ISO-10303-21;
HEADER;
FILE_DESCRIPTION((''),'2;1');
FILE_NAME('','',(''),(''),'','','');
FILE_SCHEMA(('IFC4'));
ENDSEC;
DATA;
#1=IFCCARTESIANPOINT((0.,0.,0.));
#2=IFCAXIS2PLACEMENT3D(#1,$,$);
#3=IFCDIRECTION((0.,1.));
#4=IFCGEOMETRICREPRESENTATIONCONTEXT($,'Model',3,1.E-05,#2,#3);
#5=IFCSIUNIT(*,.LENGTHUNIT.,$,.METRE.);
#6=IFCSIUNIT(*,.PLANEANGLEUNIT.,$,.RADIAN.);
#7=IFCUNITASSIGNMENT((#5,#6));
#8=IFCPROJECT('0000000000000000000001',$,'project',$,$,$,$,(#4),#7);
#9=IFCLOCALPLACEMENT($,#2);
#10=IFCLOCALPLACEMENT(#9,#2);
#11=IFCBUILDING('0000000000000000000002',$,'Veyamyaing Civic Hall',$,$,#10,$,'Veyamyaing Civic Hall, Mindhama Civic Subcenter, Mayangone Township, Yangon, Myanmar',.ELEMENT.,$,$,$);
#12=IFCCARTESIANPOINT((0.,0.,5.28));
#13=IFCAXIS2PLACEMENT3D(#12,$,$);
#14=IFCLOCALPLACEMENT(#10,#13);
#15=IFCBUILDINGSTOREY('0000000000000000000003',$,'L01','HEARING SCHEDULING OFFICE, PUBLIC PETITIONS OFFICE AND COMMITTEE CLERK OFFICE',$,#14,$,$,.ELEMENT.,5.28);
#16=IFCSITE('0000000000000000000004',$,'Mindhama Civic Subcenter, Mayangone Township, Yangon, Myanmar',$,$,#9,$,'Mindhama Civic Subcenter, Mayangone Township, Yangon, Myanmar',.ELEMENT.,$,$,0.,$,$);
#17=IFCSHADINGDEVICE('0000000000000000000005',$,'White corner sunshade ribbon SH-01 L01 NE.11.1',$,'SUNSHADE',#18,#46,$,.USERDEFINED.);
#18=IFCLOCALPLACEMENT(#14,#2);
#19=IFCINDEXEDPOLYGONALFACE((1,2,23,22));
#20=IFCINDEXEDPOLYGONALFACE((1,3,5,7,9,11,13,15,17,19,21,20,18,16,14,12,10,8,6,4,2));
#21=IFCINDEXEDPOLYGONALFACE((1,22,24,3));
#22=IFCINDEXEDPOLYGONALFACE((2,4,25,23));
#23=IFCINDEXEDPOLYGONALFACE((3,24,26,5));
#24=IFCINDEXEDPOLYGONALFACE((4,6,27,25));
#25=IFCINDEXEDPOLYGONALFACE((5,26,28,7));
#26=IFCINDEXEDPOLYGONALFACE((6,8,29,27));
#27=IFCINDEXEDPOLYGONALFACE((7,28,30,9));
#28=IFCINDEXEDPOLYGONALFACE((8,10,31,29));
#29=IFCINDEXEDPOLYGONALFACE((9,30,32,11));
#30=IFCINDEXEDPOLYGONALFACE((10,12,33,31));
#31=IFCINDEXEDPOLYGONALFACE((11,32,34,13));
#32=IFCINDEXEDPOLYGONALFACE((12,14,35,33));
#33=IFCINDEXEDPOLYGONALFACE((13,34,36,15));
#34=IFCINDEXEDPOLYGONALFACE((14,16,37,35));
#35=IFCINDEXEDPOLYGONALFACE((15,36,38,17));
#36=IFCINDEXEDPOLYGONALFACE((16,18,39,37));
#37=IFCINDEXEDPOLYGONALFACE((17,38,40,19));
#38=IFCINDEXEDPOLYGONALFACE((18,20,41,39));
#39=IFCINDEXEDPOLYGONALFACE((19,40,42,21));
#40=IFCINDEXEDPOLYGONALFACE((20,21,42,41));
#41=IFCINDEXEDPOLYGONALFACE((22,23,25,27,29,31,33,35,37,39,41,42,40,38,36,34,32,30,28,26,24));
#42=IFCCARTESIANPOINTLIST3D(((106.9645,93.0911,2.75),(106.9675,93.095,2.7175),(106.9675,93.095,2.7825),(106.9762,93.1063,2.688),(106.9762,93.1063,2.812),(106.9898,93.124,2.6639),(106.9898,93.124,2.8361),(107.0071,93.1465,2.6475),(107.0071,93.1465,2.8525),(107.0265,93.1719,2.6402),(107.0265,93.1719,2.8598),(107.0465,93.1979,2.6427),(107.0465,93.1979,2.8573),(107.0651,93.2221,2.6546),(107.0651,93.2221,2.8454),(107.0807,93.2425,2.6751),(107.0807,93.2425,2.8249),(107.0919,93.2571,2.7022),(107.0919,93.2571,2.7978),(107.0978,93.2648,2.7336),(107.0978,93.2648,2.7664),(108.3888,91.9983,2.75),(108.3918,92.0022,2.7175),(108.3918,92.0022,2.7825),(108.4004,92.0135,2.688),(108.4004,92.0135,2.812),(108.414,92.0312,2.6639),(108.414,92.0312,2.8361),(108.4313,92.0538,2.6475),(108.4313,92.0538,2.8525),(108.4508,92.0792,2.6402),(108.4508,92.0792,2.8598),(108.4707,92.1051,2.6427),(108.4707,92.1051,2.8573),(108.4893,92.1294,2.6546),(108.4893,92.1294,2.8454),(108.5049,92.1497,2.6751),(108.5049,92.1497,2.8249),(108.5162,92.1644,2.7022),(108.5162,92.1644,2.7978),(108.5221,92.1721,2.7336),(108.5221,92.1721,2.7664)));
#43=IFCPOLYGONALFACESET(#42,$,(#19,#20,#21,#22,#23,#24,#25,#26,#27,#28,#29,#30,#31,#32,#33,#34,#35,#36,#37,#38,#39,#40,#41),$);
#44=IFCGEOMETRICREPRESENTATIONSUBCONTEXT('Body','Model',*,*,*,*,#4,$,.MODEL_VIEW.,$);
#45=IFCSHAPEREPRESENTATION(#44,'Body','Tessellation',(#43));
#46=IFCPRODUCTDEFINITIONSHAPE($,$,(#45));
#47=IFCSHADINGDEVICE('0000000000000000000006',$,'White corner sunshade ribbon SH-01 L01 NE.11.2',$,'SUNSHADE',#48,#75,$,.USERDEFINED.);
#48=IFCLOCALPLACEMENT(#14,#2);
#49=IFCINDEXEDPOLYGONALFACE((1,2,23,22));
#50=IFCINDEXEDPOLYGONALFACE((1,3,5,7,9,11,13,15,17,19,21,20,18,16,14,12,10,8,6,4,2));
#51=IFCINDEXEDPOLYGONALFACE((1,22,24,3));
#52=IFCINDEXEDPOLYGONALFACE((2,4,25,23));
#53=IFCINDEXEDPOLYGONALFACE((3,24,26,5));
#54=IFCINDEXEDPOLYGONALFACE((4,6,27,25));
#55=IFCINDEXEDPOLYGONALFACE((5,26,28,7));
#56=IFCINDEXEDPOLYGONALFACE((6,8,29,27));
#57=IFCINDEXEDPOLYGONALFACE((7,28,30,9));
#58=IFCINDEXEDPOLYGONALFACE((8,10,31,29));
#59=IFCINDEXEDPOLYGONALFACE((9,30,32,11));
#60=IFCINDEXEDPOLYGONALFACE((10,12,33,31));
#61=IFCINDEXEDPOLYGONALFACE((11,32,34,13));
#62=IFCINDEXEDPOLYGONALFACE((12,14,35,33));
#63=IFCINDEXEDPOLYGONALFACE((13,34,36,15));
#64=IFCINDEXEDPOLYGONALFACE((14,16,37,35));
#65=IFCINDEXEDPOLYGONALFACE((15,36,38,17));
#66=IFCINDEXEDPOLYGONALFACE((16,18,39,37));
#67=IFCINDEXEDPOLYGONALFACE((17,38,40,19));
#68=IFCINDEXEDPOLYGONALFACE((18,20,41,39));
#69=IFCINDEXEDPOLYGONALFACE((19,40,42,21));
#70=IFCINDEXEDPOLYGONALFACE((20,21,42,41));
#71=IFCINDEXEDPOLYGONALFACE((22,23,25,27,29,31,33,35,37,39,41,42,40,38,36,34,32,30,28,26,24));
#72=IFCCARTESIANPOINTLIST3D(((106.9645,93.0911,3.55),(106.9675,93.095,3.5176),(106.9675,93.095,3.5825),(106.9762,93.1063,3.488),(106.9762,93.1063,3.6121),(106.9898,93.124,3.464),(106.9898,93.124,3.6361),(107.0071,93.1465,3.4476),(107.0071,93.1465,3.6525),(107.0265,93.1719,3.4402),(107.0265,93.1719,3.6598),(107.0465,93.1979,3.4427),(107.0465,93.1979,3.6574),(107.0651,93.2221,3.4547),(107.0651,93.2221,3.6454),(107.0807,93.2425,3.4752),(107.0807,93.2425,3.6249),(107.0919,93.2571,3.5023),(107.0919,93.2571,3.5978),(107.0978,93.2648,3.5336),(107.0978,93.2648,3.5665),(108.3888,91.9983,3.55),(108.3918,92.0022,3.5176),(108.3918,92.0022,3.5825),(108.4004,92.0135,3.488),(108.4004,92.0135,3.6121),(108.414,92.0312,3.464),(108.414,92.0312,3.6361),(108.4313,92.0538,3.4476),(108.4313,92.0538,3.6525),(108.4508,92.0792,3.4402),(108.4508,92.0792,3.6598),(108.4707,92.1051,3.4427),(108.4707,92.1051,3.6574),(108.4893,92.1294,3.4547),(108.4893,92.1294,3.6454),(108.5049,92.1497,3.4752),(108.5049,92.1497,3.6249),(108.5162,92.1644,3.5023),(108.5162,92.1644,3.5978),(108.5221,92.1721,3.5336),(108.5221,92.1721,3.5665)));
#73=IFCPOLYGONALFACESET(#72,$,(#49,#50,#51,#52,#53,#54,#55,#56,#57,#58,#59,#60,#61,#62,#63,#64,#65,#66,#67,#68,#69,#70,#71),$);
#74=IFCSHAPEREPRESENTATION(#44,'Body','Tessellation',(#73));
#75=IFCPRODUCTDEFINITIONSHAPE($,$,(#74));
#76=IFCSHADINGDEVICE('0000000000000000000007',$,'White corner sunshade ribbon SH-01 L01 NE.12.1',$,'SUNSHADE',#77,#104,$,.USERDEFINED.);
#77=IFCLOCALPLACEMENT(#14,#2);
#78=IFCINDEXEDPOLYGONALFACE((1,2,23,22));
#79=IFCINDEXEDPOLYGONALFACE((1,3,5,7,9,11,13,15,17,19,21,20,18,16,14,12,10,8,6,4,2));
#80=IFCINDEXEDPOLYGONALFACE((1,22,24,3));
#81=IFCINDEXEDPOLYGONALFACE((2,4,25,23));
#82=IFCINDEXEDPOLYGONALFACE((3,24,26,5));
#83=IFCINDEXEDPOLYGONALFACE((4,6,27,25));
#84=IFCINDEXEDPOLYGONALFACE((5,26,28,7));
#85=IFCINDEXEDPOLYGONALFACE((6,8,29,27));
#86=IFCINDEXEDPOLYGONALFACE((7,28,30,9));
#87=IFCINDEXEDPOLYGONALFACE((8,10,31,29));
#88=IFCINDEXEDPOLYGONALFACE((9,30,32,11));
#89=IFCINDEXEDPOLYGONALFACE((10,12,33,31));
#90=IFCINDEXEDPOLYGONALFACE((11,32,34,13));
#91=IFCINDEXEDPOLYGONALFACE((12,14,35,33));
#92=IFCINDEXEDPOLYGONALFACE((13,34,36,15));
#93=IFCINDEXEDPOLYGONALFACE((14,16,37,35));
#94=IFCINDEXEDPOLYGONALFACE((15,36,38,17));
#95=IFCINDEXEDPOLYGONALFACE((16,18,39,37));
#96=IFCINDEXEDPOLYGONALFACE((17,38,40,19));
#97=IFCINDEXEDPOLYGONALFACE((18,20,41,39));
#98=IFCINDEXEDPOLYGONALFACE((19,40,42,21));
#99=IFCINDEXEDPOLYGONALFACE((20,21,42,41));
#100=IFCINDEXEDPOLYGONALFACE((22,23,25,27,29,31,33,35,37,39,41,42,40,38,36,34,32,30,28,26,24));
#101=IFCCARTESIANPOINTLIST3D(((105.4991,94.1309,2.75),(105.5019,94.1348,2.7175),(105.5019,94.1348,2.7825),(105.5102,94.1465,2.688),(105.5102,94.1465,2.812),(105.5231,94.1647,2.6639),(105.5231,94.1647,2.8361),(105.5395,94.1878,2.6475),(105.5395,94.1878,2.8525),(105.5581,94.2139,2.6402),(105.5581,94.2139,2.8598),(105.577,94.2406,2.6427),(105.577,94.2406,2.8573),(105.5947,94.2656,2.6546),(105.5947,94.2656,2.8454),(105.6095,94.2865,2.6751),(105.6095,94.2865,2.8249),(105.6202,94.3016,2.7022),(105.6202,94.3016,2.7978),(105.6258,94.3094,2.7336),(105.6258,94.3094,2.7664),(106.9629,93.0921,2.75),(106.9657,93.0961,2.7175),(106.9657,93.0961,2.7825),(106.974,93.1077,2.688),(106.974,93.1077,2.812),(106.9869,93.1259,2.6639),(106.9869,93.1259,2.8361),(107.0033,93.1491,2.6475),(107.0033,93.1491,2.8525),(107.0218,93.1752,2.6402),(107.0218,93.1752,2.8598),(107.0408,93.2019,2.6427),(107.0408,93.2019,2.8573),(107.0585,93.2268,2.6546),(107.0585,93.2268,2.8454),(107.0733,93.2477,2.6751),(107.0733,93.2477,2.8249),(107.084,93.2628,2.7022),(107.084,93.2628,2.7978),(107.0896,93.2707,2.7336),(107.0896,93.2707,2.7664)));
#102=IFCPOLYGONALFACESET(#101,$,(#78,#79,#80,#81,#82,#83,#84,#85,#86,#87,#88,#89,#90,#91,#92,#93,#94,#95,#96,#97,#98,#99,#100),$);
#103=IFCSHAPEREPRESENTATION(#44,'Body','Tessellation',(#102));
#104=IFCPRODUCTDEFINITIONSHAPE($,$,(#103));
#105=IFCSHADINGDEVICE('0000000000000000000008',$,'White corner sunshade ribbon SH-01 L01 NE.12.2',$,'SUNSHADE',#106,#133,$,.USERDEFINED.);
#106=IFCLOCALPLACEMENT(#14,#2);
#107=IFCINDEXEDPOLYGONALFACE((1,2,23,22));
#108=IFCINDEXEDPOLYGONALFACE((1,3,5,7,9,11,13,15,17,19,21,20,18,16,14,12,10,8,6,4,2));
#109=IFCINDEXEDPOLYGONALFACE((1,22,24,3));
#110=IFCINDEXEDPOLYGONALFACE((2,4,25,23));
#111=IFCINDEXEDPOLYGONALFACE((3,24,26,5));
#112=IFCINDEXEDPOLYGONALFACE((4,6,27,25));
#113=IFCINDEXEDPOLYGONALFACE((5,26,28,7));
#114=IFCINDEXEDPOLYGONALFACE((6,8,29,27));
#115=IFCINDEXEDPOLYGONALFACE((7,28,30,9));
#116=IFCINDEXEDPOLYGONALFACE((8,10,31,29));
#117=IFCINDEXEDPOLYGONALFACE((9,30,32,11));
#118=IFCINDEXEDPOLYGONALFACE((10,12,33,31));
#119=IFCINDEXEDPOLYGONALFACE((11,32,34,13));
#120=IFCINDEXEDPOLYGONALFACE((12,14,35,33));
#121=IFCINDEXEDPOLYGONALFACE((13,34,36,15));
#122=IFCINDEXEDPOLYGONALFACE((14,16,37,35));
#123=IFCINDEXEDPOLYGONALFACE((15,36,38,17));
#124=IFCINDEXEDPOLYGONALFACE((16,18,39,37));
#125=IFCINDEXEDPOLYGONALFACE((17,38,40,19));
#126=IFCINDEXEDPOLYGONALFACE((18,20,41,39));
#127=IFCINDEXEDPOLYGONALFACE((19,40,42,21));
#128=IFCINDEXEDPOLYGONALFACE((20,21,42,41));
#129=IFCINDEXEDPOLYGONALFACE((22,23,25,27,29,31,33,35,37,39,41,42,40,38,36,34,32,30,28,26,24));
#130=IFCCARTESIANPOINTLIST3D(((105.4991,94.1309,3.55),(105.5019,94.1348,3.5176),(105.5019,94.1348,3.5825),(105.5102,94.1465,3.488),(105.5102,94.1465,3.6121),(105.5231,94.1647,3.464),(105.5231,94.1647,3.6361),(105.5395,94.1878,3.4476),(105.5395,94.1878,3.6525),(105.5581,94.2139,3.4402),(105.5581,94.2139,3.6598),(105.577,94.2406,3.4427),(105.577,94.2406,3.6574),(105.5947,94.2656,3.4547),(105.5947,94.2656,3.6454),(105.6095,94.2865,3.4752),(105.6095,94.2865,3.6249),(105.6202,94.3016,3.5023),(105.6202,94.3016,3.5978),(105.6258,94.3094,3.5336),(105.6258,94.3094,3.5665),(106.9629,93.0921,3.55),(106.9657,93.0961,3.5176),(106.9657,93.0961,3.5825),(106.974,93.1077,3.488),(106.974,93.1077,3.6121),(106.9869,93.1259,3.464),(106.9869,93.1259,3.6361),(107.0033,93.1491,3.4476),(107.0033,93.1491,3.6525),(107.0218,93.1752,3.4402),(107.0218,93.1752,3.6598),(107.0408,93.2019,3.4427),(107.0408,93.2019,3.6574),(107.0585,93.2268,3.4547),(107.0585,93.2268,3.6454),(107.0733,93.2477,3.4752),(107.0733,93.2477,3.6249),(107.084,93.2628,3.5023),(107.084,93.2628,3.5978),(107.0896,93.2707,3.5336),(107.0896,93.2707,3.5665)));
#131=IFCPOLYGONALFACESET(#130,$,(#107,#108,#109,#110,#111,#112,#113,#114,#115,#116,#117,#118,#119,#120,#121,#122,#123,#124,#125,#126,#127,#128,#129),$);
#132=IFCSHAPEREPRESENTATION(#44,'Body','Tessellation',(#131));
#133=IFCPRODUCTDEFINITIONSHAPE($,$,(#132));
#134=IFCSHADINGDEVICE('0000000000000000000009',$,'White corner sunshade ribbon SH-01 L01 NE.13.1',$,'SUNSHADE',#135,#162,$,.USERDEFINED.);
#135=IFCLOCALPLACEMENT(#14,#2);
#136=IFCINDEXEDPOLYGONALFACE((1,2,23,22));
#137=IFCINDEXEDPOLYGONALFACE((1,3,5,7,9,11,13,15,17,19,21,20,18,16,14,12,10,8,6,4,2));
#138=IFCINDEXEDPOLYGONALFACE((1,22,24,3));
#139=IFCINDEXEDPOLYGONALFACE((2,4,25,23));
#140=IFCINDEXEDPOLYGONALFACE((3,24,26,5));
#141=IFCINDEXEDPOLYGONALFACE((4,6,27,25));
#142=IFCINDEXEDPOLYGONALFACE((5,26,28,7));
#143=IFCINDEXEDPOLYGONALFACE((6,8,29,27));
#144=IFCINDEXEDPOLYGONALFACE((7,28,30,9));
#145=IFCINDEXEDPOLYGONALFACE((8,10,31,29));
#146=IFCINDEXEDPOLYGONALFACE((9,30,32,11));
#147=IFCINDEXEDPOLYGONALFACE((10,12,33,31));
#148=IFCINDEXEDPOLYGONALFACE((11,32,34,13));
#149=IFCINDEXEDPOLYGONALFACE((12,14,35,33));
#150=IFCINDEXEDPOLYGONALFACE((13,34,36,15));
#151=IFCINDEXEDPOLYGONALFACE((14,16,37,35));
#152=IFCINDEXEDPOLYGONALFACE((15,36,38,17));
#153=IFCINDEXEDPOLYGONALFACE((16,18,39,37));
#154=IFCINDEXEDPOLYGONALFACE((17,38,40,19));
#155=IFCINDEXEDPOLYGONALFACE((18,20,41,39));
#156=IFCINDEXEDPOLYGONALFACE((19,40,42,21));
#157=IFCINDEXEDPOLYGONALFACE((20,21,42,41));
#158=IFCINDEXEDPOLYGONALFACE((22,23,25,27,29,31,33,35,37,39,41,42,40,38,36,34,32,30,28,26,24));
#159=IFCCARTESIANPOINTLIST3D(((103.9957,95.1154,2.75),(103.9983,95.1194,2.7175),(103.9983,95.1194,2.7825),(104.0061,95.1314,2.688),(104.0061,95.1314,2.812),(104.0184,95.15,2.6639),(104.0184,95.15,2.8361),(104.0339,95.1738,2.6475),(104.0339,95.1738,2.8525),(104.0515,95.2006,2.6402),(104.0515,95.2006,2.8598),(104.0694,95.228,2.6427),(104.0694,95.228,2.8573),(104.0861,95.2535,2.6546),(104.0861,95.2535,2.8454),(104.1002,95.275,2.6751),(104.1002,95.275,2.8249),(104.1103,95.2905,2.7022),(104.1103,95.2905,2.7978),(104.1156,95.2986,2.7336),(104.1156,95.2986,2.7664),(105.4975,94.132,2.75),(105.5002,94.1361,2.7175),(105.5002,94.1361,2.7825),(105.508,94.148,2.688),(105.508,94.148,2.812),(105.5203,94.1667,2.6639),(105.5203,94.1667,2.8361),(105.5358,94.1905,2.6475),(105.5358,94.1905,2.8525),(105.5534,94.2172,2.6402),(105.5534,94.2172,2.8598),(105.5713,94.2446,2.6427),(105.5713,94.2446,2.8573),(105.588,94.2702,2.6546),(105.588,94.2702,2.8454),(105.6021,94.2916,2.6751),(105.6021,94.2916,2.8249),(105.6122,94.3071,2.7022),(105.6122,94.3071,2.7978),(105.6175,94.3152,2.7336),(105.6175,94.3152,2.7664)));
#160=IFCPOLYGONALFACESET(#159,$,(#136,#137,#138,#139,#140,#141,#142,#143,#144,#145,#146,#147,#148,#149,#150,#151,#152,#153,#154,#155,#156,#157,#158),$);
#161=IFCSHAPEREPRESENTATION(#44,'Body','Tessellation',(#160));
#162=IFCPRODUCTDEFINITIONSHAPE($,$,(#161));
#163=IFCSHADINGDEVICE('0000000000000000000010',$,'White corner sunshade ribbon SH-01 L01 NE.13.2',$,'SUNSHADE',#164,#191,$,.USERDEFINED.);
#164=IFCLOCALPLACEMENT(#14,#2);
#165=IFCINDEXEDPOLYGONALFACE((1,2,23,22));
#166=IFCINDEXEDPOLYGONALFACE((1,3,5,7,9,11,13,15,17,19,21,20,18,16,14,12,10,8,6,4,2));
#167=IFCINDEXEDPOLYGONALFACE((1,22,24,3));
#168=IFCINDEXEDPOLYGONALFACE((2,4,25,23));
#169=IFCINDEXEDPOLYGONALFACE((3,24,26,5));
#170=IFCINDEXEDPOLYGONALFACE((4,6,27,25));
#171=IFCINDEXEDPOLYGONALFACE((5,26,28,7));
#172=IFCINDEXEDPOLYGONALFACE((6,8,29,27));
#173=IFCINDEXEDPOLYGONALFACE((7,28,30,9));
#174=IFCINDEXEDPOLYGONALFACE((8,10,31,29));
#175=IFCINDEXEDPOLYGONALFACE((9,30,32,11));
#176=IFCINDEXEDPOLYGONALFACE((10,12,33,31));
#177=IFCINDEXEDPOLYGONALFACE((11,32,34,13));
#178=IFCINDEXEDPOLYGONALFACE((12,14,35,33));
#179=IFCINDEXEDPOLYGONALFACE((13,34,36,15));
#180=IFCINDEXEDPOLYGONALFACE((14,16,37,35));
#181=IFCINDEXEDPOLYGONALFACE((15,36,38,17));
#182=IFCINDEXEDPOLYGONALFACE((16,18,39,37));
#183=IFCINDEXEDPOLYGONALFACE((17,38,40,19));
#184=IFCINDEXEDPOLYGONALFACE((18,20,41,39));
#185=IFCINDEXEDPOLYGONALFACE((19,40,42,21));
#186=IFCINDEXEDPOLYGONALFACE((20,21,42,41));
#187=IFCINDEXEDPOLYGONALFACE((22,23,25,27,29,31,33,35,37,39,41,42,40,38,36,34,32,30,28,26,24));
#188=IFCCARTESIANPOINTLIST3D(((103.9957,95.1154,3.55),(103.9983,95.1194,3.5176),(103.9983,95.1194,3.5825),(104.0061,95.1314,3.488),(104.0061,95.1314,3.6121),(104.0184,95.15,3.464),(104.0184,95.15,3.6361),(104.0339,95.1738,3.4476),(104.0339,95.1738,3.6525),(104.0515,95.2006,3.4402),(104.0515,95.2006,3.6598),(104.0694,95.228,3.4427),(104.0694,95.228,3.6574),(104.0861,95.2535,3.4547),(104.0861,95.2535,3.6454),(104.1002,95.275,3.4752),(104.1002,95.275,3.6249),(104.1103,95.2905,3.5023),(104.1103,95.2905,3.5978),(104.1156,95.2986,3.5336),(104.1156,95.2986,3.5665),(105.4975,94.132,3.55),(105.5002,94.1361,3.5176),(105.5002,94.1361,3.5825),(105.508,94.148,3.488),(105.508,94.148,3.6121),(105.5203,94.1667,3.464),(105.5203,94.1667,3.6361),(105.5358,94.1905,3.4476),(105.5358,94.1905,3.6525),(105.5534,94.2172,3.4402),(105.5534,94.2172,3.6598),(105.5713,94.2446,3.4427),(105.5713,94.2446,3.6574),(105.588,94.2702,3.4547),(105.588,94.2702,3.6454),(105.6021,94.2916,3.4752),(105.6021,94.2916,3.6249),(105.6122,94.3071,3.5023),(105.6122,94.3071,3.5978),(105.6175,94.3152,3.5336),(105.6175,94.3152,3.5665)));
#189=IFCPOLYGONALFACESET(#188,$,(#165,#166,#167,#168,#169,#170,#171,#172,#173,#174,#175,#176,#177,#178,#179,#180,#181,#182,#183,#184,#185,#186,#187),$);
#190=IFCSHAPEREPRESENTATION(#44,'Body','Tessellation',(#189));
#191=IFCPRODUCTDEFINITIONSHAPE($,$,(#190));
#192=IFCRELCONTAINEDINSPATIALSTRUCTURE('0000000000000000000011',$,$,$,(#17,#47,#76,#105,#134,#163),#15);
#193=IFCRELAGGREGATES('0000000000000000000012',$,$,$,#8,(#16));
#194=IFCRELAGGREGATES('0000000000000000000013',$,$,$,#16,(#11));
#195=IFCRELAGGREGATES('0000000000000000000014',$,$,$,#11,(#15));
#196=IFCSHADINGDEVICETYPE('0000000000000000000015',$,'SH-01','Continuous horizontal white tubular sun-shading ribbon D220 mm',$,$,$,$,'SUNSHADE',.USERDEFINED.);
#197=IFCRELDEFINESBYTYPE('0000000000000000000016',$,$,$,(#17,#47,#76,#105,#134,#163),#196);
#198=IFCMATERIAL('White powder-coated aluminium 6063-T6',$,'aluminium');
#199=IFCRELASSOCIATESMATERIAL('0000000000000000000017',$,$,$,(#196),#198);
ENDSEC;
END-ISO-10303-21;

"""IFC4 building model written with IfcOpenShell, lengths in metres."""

from ifc_helpers import new_model, si_unit, direction, frame, origin, origin_2d, place, context, subcontext, project, spatial, circle, extrude, material, material_profile, profile_set, type_object, element, save


model = new_model("IFC4")

# Units and contexts
model_context = context("Model", 3, precision=1e-05, world=origin(), true_north=direction((0.0, 1.0)))
body_context = subcontext(model_context, "Body", "Model", "MODEL_VIEW")
ifc_project = project(units=[si_unit("LENGTHUNIT", "METRE"), si_unit("PLANEANGLEUNIT", "RADIAN")], contexts=[model_context])

# Site, building, storey
site_placement = place(None, origin())
site = spatial("IfcSite", under=ifc_project, at=site_placement, Name="Mindhama Civic Subcenter, Mayangone Township, Yangon, Myanmar", LongName="Mindhama Civic Subcenter, Mayangone Township, Yangon, Myanmar", CompositionType="ELEMENT", RefElevation=0.0)
building_placement = place(site_placement, origin())
building = spatial("IfcBuilding", under=site, at=building_placement, Name="Veyamyaing Civic Hall", LongName="Veyamyaing Civic Hall, Mindhama Civic Subcenter, Mayangone Township, Yangon, Myanmar", CompositionType="ELEMENT")
storey_placement = place(building_placement, frame((0.0, 0.0, 5.28)))
storey = spatial("IfcBuildingStorey", under=building, at=storey_placement, Name="L01", Description="HEARING SCHEDULING OFFICE, PUBLIC PETITIONS OFFICE AND COMMITTEE CLERK OFFICE", CompositionType="ELEMENT", Elevation=5.28)

# Shared definitions
ifc_material_1 = material(Name="White powder-coated aluminium 6063-T6", Category="aluminium")

# Shading devices
ifc_material_profile = material_profile(ifc_material_1, circle(Radius=0.1101, at=origin_2d()), Name="SHADE-TUBE-220")
ifc_profile_set = profile_set([ifc_material_profile], Name="White powder-coated aluminium 6063-T6")
shading_device_type = type_object("IfcShadingDeviceType", Name="SH-01", Description="Continuous horizontal white tubular sun-shading ribbon D220 mm", ElementType="SUNSHADE", PredefinedType="USERDEFINED", material=ifc_profile_set)
for number, where, z_axis, x_axis, name in (
    (1, (108.4558, 92.0857, 2.75), (-0.793392, 0.608711, 0.0), (-0.608711, -0.793392, 0.0), "White corner sunshade ribbon SH-01 L01 NE.11.1"),
    (2, (108.4558, 92.0857, 3.55), (-0.793392, 0.608711, 0.0), (-0.608711, -0.793392, 0.0), "White corner sunshade ribbon SH-01 L01 NE.11.2"),
):
    element("IfcShadingDevice", number, at=place(storey_placement, frame(where, z_axis=z_axis, x_axis=x_axis)), inside=storey, type_object=shading_device_type, Name=name, ObjectType="SUNSHADE", PredefinedType="USERDEFINED", context=body_context, shape_type="SweptSolid", body=[
        extrude(circle(Radius=0.1101, at=origin_2d()), origin(), (0.0, 0.0, 1.0), 1.7952),
    ])
for number, where, z_axis, x_axis, name in (
    (3, (107.0266, 93.1819, 2.75), (-0.815522, 0.578727, 0.0), (-0.578727, -0.815522, 0.0), "White corner sunshade ribbon SH-01 L01 NE.12.1"),
    (4, (107.0266, 93.1819, 3.55), (-0.815522, 0.578727, 0.0), (-0.578727, -0.815522, 0.0), "White corner sunshade ribbon SH-01 L01 NE.12.2"),
):
    element("IfcShadingDevice", number, at=place(storey_placement, frame(where, z_axis=z_axis, x_axis=x_axis)), inside=storey, type_object=shading_device_type, Name=name, ObjectType="SUNSHADE", PredefinedType="USERDEFINED", context=body_context, shape_type="SweptSolid", body=[
        extrude(circle(Radius=0.1101, at=origin_2d()), origin(), (0.0, 0.0, 1.0), 1.7949),
    ])
for number, where, z_axis, x_axis, name in (
    (5, (105.5579, 94.2241, 2.75), (-0.836624, 0.547777, 0.0), (-0.547777, -0.836624, 0.0), "White corner sunshade ribbon SH-01 L01 NE.13.1"),
    (6, (105.5579, 94.2241, 3.55), (-0.836624, 0.547777, 0.0), (-0.547777, -0.836624, 0.0), "White corner sunshade ribbon SH-01 L01 NE.13.2"),
):
    element("IfcShadingDevice", number, at=place(storey_placement, frame(where, z_axis=z_axis, x_axis=x_axis)), inside=storey, type_object=shading_device_type, Name=name, ObjectType="SUNSHADE", PredefinedType="USERDEFINED", context=body_context, shape_type="SweptSolid", body=[
        extrude(circle(Radius=0.1101, at=origin_2d()), origin(), (0.0, 0.0, 1.0), 1.7952),
    ])

save(model, "model.ifc")
